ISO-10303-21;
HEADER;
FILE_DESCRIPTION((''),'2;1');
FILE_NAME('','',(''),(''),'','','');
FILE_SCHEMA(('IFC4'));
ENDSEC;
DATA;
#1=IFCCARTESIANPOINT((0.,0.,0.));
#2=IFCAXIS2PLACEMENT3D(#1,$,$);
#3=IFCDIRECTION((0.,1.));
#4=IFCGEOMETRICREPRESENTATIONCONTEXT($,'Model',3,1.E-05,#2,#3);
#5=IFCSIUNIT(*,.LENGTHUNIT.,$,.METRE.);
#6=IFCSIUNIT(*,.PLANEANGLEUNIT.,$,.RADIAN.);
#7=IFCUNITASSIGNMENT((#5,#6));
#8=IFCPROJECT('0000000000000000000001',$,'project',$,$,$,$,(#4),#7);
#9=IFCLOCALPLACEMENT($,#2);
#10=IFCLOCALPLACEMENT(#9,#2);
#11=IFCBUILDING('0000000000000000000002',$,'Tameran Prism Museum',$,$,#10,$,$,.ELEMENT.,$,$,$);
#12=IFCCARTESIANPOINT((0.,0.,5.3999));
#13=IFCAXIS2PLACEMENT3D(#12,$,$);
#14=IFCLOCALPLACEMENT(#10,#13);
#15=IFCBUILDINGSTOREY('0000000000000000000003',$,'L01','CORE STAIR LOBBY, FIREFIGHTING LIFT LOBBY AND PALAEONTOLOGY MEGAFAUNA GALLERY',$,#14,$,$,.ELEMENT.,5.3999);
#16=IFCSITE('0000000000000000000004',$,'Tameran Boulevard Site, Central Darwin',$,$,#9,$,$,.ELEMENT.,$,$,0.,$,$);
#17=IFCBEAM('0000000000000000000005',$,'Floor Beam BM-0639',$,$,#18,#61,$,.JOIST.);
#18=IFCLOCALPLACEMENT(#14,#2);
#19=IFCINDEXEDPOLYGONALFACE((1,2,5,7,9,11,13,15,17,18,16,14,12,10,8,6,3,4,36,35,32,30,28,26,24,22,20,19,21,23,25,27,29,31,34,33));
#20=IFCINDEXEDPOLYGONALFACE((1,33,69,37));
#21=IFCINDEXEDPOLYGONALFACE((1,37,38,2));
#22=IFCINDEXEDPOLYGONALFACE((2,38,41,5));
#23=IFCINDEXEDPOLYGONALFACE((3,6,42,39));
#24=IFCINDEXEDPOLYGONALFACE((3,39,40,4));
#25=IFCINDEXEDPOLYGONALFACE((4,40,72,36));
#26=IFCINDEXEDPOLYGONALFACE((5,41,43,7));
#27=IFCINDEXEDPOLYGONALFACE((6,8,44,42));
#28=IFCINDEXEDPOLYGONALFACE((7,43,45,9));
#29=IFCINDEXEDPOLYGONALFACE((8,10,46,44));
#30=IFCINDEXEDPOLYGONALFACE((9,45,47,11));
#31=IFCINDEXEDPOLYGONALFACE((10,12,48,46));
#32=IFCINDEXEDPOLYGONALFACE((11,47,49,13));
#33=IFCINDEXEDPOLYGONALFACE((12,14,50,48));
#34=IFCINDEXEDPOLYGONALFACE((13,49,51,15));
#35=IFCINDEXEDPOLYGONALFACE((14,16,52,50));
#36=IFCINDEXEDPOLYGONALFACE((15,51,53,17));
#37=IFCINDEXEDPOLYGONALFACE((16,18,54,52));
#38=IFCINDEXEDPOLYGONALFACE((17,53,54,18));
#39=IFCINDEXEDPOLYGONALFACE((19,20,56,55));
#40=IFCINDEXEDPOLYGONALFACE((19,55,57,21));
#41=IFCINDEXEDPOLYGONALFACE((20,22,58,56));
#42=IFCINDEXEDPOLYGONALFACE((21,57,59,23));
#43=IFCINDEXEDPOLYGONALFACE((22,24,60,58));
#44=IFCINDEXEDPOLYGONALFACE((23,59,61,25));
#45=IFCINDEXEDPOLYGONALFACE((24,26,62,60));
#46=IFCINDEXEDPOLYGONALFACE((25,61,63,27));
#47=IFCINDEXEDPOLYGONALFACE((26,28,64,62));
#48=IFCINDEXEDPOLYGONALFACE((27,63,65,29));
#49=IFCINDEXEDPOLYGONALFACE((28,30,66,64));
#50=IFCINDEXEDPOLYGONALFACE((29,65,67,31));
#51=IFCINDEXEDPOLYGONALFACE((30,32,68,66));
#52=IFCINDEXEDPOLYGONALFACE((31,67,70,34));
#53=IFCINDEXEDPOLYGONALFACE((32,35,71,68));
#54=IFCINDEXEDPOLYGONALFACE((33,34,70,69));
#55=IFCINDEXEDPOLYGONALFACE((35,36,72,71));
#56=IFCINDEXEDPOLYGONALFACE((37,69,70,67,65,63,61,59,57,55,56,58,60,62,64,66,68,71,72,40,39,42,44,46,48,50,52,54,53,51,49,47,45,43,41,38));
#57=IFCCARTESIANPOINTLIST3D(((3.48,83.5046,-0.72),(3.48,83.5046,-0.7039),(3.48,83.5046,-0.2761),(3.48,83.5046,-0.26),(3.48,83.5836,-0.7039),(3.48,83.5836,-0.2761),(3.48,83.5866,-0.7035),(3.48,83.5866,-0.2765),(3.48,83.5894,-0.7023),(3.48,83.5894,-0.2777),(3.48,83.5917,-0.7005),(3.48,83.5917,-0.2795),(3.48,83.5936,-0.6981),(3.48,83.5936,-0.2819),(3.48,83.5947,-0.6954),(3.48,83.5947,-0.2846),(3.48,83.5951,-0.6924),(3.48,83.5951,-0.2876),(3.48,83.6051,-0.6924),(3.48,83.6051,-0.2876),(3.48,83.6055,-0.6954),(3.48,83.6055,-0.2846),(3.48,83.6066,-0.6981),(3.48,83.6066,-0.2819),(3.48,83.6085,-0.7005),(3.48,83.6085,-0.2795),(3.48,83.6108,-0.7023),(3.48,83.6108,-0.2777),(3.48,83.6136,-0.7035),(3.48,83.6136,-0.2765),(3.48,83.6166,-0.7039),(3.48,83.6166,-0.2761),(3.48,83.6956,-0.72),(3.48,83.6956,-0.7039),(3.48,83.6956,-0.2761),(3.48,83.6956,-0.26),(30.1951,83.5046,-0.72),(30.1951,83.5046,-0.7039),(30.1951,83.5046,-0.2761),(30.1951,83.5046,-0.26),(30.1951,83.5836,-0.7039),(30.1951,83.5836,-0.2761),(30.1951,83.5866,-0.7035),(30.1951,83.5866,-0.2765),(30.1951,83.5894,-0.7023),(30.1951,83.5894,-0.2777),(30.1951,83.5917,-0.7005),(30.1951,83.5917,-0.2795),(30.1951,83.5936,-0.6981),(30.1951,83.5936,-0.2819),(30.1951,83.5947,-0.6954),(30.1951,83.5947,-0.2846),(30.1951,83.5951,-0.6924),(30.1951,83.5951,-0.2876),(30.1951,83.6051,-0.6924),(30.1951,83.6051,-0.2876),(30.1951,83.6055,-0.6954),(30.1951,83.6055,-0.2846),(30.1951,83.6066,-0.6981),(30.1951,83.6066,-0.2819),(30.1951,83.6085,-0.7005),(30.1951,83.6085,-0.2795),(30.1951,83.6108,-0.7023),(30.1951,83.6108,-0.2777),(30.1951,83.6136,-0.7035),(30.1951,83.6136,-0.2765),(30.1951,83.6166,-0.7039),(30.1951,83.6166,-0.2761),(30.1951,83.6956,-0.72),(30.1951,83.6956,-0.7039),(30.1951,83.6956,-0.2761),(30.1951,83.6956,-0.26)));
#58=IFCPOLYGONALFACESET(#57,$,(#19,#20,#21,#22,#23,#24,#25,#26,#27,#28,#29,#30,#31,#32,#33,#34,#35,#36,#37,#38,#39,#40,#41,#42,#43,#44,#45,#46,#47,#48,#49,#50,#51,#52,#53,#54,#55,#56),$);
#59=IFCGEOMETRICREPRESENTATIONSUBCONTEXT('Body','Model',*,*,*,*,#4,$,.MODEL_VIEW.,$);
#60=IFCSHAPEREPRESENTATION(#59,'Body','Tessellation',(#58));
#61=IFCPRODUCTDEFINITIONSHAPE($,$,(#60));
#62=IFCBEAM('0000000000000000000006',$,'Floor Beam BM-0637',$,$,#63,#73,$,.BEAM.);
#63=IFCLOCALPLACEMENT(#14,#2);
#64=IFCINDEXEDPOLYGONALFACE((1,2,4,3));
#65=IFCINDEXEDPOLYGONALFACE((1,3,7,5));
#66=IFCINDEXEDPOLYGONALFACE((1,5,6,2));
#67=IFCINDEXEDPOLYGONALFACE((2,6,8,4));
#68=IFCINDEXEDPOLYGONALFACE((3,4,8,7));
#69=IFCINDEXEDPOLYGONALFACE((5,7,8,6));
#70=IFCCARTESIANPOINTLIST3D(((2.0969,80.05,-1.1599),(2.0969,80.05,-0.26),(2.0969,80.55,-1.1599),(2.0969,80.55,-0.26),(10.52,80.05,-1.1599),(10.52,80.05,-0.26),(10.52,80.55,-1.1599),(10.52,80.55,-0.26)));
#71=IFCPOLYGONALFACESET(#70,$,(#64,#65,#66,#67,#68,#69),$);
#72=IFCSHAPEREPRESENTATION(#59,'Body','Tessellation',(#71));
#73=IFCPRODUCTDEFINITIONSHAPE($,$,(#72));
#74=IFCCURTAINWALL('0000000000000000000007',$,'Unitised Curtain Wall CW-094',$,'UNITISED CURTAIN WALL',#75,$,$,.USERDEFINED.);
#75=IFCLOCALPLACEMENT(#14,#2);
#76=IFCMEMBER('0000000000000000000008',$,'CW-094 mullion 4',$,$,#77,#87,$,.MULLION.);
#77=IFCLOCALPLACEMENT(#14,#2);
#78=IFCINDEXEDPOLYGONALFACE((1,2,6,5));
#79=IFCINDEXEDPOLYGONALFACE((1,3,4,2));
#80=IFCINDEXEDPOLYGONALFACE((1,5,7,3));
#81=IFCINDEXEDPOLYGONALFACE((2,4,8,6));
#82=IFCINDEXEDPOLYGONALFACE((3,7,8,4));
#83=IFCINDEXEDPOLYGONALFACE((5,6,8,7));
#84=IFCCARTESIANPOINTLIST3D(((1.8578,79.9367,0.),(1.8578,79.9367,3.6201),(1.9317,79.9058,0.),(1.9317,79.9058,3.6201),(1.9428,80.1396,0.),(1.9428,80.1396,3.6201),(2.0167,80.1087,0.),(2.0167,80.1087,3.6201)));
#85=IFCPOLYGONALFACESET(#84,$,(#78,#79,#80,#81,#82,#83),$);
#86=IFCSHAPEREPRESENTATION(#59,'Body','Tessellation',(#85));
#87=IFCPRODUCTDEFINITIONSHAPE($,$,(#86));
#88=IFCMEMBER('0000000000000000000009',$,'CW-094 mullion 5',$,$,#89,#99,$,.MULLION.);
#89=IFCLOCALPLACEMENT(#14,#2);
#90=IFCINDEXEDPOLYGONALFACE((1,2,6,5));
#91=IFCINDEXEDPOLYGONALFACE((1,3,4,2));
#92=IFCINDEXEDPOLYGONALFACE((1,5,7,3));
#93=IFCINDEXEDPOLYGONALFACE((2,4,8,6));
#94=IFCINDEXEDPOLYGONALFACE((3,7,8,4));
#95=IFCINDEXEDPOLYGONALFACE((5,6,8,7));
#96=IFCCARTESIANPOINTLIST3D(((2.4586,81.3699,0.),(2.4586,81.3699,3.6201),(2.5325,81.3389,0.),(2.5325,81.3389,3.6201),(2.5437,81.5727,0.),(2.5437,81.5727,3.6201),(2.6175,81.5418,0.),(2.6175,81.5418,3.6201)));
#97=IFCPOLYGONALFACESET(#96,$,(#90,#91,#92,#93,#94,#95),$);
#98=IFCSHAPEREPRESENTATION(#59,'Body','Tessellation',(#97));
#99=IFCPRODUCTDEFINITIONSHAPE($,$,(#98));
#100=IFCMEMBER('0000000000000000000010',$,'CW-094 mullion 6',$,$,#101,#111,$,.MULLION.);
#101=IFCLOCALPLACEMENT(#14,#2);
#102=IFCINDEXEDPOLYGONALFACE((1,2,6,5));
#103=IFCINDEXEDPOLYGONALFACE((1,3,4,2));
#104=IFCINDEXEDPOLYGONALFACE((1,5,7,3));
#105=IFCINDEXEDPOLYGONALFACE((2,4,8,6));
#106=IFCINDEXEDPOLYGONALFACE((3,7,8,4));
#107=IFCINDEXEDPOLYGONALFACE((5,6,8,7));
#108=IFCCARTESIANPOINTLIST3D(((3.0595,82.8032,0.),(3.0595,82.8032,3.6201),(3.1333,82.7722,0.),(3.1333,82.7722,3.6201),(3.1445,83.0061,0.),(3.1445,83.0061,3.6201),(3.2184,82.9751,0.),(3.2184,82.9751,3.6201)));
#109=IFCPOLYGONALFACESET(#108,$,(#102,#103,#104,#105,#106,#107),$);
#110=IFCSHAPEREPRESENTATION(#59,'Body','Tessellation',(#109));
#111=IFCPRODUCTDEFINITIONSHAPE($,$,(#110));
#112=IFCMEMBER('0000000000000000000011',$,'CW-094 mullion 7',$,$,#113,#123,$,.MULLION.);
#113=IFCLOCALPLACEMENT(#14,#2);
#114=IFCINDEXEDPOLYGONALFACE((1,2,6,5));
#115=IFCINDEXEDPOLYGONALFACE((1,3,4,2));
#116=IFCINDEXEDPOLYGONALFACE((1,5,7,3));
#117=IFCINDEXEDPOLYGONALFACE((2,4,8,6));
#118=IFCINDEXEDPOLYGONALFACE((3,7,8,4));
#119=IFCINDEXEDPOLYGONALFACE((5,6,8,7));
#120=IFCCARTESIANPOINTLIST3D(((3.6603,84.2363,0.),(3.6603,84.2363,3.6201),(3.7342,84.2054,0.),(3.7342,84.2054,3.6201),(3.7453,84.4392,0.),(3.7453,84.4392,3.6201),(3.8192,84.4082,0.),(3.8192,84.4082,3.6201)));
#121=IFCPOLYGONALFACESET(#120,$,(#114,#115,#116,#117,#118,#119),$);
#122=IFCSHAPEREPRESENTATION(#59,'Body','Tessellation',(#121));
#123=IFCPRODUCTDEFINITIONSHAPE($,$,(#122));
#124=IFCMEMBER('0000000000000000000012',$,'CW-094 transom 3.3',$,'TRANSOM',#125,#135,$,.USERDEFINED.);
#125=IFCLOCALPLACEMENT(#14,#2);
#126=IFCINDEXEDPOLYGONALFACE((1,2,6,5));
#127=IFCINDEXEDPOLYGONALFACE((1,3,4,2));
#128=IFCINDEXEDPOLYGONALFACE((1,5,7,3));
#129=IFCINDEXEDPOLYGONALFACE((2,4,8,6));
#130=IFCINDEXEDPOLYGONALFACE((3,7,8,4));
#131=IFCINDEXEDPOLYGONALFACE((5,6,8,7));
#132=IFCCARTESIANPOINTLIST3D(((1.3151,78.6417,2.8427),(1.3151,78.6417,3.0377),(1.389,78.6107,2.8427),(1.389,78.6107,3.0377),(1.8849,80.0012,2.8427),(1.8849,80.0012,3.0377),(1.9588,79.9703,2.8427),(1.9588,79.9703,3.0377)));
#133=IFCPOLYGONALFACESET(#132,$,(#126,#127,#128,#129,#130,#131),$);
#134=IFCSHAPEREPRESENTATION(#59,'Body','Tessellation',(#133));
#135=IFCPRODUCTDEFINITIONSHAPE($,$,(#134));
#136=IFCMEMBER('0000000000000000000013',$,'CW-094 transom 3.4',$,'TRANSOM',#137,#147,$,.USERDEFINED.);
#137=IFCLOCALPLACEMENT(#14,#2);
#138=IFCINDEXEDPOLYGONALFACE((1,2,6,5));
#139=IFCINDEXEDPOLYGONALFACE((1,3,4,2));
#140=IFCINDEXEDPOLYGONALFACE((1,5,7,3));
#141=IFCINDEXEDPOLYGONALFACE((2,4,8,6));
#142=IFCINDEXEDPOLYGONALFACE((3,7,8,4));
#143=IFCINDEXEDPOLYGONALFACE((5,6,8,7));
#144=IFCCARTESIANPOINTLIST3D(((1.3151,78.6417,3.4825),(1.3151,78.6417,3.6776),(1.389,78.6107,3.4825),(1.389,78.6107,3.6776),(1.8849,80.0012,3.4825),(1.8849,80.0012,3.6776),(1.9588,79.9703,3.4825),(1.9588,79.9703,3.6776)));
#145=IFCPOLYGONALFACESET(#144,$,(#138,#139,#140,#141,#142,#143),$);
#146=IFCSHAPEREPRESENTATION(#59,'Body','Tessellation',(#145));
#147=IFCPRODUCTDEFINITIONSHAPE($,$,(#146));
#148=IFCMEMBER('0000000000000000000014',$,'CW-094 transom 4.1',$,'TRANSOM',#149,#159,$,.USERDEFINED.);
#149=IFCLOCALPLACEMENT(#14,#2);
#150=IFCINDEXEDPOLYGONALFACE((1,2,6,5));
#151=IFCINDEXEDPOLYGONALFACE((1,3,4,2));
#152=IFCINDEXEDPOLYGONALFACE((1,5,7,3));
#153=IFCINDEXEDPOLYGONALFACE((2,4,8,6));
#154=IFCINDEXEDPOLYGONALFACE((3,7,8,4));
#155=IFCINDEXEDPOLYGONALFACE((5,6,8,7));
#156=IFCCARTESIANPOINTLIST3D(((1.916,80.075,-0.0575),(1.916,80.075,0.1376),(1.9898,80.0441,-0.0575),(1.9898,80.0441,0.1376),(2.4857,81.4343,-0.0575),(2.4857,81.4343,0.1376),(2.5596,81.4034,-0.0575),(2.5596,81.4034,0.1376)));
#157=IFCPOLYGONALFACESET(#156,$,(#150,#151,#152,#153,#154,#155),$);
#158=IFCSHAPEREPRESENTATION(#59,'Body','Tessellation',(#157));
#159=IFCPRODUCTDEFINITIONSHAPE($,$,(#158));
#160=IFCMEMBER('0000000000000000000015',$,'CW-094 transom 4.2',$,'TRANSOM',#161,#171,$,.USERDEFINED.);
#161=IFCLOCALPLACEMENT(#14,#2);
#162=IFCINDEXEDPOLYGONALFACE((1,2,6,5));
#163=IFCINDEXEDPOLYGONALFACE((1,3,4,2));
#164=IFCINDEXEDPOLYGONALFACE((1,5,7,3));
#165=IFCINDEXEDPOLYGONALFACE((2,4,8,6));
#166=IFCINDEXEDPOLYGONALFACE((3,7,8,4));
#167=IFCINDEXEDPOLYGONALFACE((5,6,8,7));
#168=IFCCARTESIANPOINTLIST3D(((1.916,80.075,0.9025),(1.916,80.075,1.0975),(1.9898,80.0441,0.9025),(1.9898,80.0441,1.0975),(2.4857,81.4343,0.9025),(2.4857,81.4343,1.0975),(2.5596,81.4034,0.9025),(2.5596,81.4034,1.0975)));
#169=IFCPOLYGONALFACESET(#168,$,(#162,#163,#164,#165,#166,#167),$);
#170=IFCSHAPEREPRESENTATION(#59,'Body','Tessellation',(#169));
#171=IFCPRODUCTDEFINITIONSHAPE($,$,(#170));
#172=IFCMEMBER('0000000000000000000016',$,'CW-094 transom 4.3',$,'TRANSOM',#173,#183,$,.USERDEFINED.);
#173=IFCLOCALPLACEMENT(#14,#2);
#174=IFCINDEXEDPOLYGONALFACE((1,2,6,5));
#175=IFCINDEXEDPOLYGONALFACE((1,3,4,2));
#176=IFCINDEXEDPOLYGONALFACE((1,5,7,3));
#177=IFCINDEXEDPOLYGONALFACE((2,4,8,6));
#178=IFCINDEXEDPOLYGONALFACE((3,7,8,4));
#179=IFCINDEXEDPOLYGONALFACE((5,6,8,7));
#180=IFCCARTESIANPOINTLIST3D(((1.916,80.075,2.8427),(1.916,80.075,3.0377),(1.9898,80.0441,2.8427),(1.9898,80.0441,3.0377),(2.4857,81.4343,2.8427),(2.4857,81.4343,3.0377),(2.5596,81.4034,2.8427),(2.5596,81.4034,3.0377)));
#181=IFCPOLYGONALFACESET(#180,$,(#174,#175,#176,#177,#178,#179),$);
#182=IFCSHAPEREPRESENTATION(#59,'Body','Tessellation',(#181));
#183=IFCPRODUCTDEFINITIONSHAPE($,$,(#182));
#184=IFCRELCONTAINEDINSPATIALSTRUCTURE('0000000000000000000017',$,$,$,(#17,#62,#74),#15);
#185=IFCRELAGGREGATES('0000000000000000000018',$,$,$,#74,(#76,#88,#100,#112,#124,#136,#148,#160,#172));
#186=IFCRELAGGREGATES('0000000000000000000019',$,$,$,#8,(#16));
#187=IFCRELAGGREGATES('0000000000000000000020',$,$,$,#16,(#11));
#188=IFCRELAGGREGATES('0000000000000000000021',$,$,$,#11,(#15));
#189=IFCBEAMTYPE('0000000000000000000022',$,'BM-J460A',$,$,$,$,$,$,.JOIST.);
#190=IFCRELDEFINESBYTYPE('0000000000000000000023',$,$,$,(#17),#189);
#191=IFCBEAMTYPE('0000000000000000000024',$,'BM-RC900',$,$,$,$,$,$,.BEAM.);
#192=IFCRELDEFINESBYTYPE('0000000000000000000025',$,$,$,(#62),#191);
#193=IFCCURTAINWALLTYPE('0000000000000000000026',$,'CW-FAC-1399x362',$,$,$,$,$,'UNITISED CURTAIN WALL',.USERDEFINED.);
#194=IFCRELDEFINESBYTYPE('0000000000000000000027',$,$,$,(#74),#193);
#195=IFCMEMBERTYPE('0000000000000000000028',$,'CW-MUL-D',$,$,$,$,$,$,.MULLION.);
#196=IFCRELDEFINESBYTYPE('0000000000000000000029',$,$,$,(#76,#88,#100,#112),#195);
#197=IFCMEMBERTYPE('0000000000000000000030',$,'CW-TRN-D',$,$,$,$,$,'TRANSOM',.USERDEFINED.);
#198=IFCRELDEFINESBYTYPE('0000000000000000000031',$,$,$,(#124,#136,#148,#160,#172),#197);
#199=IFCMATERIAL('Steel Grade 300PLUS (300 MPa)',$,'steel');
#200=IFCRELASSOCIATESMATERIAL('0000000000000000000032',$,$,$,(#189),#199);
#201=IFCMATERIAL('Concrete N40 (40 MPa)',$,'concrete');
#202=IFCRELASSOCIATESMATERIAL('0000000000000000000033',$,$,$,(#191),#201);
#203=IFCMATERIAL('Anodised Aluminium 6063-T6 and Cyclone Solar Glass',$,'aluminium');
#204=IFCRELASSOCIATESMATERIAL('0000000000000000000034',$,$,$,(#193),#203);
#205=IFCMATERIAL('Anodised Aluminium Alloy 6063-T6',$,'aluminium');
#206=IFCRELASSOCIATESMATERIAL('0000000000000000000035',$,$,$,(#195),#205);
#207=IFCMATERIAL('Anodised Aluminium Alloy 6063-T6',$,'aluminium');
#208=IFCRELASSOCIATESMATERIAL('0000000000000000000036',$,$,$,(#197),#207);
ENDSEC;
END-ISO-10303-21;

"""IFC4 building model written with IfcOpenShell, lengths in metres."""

from ifc_helpers import new_model, si_unit, direction, frame, origin, origin_2d, place, context, subcontext, project, spatial, rectangle, i_section, extrude, material, material_profile, profile_set, type_object, element, aggregate, save


model = new_model("IFC4")

# Units and contexts
model_context = context("Model", 3, precision=1e-05, world=origin(), true_north=direction((0.0, 1.0)))
body_context = subcontext(model_context, "Body", "Model", "MODEL_VIEW")
ifc_project = project(units=[si_unit("LENGTHUNIT", "METRE"), si_unit("PLANEANGLEUNIT", "RADIAN")], contexts=[model_context])

# Site, building, storey
site_placement = place(None, origin())
site = spatial("IfcSite", under=ifc_project, at=site_placement, Name="Tameran Boulevard Site, Central Darwin", CompositionType="ELEMENT", RefElevation=0.0)
building_placement = place(site_placement, origin())
building = spatial("IfcBuilding", under=site, at=building_placement, Name="Tameran Prism Museum", CompositionType="ELEMENT")
storey_placement = place(building_placement, frame((0.0, 0.0, 5.3999)))
storey = spatial("IfcBuildingStorey", under=building, at=storey_placement, Name="L01", Description="CORE STAIR LOBBY, FIREFIGHTING LIFT LOBBY AND PALAEONTOLOGY MEGAFAUNA GALLERY", CompositionType="ELEMENT", Elevation=5.3999)

# Beams
ifc_material_1 = material(Name="Steel Grade 300PLUS (300 MPa)", Category="steel")
ifc_material_profile_1 = material_profile(ifc_material_1, i_section(OverallWidth=0.1909, OverallDepth=0.46, WebThickness=0.01, FlangeThickness=0.0161, FilletRadius=0.0115, at=origin_2d()))
ifc_profile_set_1 = profile_set([ifc_material_profile_1])
beam_type_1 = type_object("IfcBeamType", Name="BM-J460A", PredefinedType="JOIST", material=ifc_profile_set_1)
beam_1_placement = place(storey_placement, frame((3.48, 83.6001, -0.49), z_axis=(1.0, 0.0, 0.0), x_axis=(0.0, 1.0, 0.0)))
element("IfcBeam", 1, at=beam_1_placement, inside=storey, type_object=beam_type_1, Name="Floor Beam BM-0639", PredefinedType="JOIST", context=body_context, shape_type="SweptSolid", body=[
    extrude(i_section(OverallWidth=0.1909, OverallDepth=0.46, WebThickness=0.01, FlangeThickness=0.0161, FilletRadius=0.0115, at=origin_2d()), origin(), (0.0, 0.0, 1.0), 26.7151),
])
ifc_material_2 = material(Name="Concrete N40 (40 MPa)", Category="concrete")
ifc_material_profile_2 = material_profile(ifc_material_2, rectangle(XDim=0.5, YDim=0.8999, at=origin_2d()))
ifc_profile_set_2 = profile_set([ifc_material_profile_2])
beam_type_2 = type_object("IfcBeamType", Name="BM-RC900", PredefinedType="BEAM", material=ifc_profile_set_2)
beam_2_placement = place(storey_placement, frame((2.0969, 80.3, -0.71), z_axis=(1.0, 0.0, 0.0), x_axis=(0.0, 1.0, 0.0)))
element("IfcBeam", 2, at=beam_2_placement, inside=storey, type_object=beam_type_2, Name="Floor Beam BM-0637", PredefinedType="BEAM", context=body_context, shape_type="SweptSolid", body=[
    extrude(rectangle(XDim=0.5, YDim=0.8999, at=origin_2d()), origin(), (0.0, 0.0, 1.0), 8.4231),
])

# Curtain wall, members
ifc_material_3 = material(Name="Anodised Aluminium 6063-T6 and Cyclone Solar Glass", Category="aluminium")
curtain_wall_type = type_object("IfcCurtainWallType", Name="CW-FAC-1399x362", ElementType="UNITISED CURTAIN WALL", PredefinedType="USERDEFINED", material=ifc_material_3)
curtain_wall_placement = place(storey_placement, origin())
curtain_wall = element("IfcCurtainWall", 3, at=curtain_wall_placement, inside=storey, type_object=curtain_wall_type, Name="Unitised Curtain Wall CW-094", ObjectType="UNITISED CURTAIN WALL", PredefinedType="USERDEFINED")
ifc_material_4 = material(Name="Anodised Aluminium Alloy 6063-T6", Category="aluminium")
ifc_material_profile_3 = material_profile(ifc_material_4, rectangle(XDim=0.0801, YDim=0.22, at=origin_2d()))
ifc_profile_set_3 = profile_set([ifc_material_profile_3])
member_type_1 = type_object("IfcMemberType", Name="CW-MUL-D", PredefinedType="MULLION", material=ifc_profile_set_3)
member_1_placement = place(storey_placement, frame((1.9373, 80.0227, 0.0), z_axis=(0.0, 0.0, 1.0), x_axis=(-0.922252, 0.386589, 0.0)))
member_1 = element("IfcMember", 4, at=member_1_placement, type_object=member_type_1, Name="CW-094 mullion 4", PredefinedType="MULLION", context=body_context, shape_type="SweptSolid", body=[
    extrude(rectangle(XDim=0.0801, YDim=0.22, at=origin_2d()), origin(), (0.0, 0.0, 1.0), 3.6201),
])
member_2_placement = place(storey_placement, frame((2.5381, 81.4558, 0.0), z_axis=(0.0, 0.0, 1.0), x_axis=(-0.922252, 0.386589, 0.0)))
member_2 = element("IfcMember", 5, at=member_2_placement, type_object=member_type_1, Name="CW-094 mullion 5", PredefinedType="MULLION", context=body_context, shape_type="SweptSolid", body=[
    extrude(rectangle(XDim=0.0801, YDim=0.22, at=origin_2d()), origin(), (0.0, 0.0, 1.0), 3.6201),
])
member_3_placement = place(storey_placement, frame((3.1389, 82.8892, 0.0), z_axis=(0.0, 0.0, 1.0), x_axis=(-0.922252, 0.386589, 0.0)))
member_3 = element("IfcMember", 6, at=member_3_placement, type_object=member_type_1, Name="CW-094 mullion 6", PredefinedType="MULLION", context=body_context, shape_type="SweptSolid", body=[
    extrude(rectangle(XDim=0.0801, YDim=0.22, at=origin_2d()), origin(), (0.0, 0.0, 1.0), 3.6201),
])
member_4_placement = place(storey_placement, frame((3.7397, 84.3223, 0.0), z_axis=(0.0, 0.0, 1.0), x_axis=(-0.922252, 0.386589, 0.0)))
member_4 = element("IfcMember", 7, at=member_4_placement, type_object=member_type_1, Name="CW-094 mullion 7", PredefinedType="MULLION", context=body_context, shape_type="SweptSolid", body=[
    extrude(rectangle(XDim=0.0801, YDim=0.22, at=origin_2d()), origin(), (0.0, 0.0, 1.0), 3.6201),
])
ifc_material_5 = material(Name="Anodised Aluminium Alloy 6063-T6", Category="aluminium")
ifc_material_profile_4 = material_profile(ifc_material_5, rectangle(XDim=0.0801, YDim=0.1951, at=origin_2d()))
ifc_profile_set_4 = profile_set([ifc_material_profile_4])
member_type_2 = type_object("IfcMemberType", Name="CW-TRN-D", ElementType="TRANSOM", PredefinedType="USERDEFINED", material=ifc_profile_set_4)
member_5_placement = place(storey_placement, frame((1.3521, 78.6262, 2.9402), z_axis=(0.386531, 0.922276, 0.0), x_axis=(-0.922276, 0.386531, 0.0)))
member_5 = element("IfcMember", 8, at=member_5_placement, type_object=member_type_2, Name="CW-094 transom 3.3", ObjectType="TRANSOM", PredefinedType="USERDEFINED", context=body_context, shape_type="SweptSolid", body=[
    extrude(rectangle(XDim=0.0801, YDim=0.1951, at=origin_2d()), origin(), (0.0, 0.0, 1.0), 1.4741),
])
member_6_placement = place(storey_placement, frame((1.3521, 78.6262, 3.5801), z_axis=(0.386531, 0.922276, 0.0), x_axis=(-0.922276, 0.386531, 0.0)))
member_6 = element("IfcMember", 9, at=member_6_placement, type_object=member_type_2, Name="CW-094 transom 3.4", ObjectType="TRANSOM", PredefinedType="USERDEFINED", context=body_context, shape_type="SweptSolid", body=[
    extrude(rectangle(XDim=0.0801, YDim=0.1951, at=origin_2d()), origin(), (0.0, 0.0, 1.0), 1.4741),
])
member_7_placement = place(storey_placement, frame((1.9529, 80.0596, 0.04), z_axis=(0.38659, 0.922252, 0.0), x_axis=(-0.922252, 0.38659, 0.0)))
member_7 = element("IfcMember", 10, at=member_7_placement, type_object=member_type_2, Name="CW-094 transom 4.1", ObjectType="TRANSOM", PredefinedType="USERDEFINED", context=body_context, shape_type="SweptSolid", body=[
    extrude(rectangle(XDim=0.0801, YDim=0.1951, at=origin_2d()), origin(), (0.0, 0.0, 1.0), 1.4739),
])
member_8_placement = place(storey_placement, frame((1.9529, 80.0596, 1.0), z_axis=(0.38659, 0.922252, 0.0), x_axis=(-0.922252, 0.38659, 0.0)))
member_8 = element("IfcMember", 11, at=member_8_placement, type_object=member_type_2, Name="CW-094 transom 4.2", ObjectType="TRANSOM", PredefinedType="USERDEFINED", context=body_context, shape_type="SweptSolid", body=[
    extrude(rectangle(XDim=0.0801, YDim=0.1951, at=origin_2d()), origin(), (0.0, 0.0, 1.0), 1.4739),
])
member_9_placement = place(storey_placement, frame((1.9529, 80.0596, 2.9402), z_axis=(0.38659, 0.922252, 0.0), x_axis=(-0.922252, 0.38659, 0.0)))
member_9 = element("IfcMember", 12, at=member_9_placement, type_object=member_type_2, Name="CW-094 transom 4.3", ObjectType="TRANSOM", PredefinedType="USERDEFINED", context=body_context, shape_type="SweptSolid", body=[
    extrude(rectangle(XDim=0.0801, YDim=0.1951, at=origin_2d()), origin(), (0.0, 0.0, 1.0), 1.4739),
])
aggregate(curtain_wall, [member_1, member_2, member_3, member_4, member_5, member_6, member_7, member_8, member_9])

save(model, "model.ifc")
